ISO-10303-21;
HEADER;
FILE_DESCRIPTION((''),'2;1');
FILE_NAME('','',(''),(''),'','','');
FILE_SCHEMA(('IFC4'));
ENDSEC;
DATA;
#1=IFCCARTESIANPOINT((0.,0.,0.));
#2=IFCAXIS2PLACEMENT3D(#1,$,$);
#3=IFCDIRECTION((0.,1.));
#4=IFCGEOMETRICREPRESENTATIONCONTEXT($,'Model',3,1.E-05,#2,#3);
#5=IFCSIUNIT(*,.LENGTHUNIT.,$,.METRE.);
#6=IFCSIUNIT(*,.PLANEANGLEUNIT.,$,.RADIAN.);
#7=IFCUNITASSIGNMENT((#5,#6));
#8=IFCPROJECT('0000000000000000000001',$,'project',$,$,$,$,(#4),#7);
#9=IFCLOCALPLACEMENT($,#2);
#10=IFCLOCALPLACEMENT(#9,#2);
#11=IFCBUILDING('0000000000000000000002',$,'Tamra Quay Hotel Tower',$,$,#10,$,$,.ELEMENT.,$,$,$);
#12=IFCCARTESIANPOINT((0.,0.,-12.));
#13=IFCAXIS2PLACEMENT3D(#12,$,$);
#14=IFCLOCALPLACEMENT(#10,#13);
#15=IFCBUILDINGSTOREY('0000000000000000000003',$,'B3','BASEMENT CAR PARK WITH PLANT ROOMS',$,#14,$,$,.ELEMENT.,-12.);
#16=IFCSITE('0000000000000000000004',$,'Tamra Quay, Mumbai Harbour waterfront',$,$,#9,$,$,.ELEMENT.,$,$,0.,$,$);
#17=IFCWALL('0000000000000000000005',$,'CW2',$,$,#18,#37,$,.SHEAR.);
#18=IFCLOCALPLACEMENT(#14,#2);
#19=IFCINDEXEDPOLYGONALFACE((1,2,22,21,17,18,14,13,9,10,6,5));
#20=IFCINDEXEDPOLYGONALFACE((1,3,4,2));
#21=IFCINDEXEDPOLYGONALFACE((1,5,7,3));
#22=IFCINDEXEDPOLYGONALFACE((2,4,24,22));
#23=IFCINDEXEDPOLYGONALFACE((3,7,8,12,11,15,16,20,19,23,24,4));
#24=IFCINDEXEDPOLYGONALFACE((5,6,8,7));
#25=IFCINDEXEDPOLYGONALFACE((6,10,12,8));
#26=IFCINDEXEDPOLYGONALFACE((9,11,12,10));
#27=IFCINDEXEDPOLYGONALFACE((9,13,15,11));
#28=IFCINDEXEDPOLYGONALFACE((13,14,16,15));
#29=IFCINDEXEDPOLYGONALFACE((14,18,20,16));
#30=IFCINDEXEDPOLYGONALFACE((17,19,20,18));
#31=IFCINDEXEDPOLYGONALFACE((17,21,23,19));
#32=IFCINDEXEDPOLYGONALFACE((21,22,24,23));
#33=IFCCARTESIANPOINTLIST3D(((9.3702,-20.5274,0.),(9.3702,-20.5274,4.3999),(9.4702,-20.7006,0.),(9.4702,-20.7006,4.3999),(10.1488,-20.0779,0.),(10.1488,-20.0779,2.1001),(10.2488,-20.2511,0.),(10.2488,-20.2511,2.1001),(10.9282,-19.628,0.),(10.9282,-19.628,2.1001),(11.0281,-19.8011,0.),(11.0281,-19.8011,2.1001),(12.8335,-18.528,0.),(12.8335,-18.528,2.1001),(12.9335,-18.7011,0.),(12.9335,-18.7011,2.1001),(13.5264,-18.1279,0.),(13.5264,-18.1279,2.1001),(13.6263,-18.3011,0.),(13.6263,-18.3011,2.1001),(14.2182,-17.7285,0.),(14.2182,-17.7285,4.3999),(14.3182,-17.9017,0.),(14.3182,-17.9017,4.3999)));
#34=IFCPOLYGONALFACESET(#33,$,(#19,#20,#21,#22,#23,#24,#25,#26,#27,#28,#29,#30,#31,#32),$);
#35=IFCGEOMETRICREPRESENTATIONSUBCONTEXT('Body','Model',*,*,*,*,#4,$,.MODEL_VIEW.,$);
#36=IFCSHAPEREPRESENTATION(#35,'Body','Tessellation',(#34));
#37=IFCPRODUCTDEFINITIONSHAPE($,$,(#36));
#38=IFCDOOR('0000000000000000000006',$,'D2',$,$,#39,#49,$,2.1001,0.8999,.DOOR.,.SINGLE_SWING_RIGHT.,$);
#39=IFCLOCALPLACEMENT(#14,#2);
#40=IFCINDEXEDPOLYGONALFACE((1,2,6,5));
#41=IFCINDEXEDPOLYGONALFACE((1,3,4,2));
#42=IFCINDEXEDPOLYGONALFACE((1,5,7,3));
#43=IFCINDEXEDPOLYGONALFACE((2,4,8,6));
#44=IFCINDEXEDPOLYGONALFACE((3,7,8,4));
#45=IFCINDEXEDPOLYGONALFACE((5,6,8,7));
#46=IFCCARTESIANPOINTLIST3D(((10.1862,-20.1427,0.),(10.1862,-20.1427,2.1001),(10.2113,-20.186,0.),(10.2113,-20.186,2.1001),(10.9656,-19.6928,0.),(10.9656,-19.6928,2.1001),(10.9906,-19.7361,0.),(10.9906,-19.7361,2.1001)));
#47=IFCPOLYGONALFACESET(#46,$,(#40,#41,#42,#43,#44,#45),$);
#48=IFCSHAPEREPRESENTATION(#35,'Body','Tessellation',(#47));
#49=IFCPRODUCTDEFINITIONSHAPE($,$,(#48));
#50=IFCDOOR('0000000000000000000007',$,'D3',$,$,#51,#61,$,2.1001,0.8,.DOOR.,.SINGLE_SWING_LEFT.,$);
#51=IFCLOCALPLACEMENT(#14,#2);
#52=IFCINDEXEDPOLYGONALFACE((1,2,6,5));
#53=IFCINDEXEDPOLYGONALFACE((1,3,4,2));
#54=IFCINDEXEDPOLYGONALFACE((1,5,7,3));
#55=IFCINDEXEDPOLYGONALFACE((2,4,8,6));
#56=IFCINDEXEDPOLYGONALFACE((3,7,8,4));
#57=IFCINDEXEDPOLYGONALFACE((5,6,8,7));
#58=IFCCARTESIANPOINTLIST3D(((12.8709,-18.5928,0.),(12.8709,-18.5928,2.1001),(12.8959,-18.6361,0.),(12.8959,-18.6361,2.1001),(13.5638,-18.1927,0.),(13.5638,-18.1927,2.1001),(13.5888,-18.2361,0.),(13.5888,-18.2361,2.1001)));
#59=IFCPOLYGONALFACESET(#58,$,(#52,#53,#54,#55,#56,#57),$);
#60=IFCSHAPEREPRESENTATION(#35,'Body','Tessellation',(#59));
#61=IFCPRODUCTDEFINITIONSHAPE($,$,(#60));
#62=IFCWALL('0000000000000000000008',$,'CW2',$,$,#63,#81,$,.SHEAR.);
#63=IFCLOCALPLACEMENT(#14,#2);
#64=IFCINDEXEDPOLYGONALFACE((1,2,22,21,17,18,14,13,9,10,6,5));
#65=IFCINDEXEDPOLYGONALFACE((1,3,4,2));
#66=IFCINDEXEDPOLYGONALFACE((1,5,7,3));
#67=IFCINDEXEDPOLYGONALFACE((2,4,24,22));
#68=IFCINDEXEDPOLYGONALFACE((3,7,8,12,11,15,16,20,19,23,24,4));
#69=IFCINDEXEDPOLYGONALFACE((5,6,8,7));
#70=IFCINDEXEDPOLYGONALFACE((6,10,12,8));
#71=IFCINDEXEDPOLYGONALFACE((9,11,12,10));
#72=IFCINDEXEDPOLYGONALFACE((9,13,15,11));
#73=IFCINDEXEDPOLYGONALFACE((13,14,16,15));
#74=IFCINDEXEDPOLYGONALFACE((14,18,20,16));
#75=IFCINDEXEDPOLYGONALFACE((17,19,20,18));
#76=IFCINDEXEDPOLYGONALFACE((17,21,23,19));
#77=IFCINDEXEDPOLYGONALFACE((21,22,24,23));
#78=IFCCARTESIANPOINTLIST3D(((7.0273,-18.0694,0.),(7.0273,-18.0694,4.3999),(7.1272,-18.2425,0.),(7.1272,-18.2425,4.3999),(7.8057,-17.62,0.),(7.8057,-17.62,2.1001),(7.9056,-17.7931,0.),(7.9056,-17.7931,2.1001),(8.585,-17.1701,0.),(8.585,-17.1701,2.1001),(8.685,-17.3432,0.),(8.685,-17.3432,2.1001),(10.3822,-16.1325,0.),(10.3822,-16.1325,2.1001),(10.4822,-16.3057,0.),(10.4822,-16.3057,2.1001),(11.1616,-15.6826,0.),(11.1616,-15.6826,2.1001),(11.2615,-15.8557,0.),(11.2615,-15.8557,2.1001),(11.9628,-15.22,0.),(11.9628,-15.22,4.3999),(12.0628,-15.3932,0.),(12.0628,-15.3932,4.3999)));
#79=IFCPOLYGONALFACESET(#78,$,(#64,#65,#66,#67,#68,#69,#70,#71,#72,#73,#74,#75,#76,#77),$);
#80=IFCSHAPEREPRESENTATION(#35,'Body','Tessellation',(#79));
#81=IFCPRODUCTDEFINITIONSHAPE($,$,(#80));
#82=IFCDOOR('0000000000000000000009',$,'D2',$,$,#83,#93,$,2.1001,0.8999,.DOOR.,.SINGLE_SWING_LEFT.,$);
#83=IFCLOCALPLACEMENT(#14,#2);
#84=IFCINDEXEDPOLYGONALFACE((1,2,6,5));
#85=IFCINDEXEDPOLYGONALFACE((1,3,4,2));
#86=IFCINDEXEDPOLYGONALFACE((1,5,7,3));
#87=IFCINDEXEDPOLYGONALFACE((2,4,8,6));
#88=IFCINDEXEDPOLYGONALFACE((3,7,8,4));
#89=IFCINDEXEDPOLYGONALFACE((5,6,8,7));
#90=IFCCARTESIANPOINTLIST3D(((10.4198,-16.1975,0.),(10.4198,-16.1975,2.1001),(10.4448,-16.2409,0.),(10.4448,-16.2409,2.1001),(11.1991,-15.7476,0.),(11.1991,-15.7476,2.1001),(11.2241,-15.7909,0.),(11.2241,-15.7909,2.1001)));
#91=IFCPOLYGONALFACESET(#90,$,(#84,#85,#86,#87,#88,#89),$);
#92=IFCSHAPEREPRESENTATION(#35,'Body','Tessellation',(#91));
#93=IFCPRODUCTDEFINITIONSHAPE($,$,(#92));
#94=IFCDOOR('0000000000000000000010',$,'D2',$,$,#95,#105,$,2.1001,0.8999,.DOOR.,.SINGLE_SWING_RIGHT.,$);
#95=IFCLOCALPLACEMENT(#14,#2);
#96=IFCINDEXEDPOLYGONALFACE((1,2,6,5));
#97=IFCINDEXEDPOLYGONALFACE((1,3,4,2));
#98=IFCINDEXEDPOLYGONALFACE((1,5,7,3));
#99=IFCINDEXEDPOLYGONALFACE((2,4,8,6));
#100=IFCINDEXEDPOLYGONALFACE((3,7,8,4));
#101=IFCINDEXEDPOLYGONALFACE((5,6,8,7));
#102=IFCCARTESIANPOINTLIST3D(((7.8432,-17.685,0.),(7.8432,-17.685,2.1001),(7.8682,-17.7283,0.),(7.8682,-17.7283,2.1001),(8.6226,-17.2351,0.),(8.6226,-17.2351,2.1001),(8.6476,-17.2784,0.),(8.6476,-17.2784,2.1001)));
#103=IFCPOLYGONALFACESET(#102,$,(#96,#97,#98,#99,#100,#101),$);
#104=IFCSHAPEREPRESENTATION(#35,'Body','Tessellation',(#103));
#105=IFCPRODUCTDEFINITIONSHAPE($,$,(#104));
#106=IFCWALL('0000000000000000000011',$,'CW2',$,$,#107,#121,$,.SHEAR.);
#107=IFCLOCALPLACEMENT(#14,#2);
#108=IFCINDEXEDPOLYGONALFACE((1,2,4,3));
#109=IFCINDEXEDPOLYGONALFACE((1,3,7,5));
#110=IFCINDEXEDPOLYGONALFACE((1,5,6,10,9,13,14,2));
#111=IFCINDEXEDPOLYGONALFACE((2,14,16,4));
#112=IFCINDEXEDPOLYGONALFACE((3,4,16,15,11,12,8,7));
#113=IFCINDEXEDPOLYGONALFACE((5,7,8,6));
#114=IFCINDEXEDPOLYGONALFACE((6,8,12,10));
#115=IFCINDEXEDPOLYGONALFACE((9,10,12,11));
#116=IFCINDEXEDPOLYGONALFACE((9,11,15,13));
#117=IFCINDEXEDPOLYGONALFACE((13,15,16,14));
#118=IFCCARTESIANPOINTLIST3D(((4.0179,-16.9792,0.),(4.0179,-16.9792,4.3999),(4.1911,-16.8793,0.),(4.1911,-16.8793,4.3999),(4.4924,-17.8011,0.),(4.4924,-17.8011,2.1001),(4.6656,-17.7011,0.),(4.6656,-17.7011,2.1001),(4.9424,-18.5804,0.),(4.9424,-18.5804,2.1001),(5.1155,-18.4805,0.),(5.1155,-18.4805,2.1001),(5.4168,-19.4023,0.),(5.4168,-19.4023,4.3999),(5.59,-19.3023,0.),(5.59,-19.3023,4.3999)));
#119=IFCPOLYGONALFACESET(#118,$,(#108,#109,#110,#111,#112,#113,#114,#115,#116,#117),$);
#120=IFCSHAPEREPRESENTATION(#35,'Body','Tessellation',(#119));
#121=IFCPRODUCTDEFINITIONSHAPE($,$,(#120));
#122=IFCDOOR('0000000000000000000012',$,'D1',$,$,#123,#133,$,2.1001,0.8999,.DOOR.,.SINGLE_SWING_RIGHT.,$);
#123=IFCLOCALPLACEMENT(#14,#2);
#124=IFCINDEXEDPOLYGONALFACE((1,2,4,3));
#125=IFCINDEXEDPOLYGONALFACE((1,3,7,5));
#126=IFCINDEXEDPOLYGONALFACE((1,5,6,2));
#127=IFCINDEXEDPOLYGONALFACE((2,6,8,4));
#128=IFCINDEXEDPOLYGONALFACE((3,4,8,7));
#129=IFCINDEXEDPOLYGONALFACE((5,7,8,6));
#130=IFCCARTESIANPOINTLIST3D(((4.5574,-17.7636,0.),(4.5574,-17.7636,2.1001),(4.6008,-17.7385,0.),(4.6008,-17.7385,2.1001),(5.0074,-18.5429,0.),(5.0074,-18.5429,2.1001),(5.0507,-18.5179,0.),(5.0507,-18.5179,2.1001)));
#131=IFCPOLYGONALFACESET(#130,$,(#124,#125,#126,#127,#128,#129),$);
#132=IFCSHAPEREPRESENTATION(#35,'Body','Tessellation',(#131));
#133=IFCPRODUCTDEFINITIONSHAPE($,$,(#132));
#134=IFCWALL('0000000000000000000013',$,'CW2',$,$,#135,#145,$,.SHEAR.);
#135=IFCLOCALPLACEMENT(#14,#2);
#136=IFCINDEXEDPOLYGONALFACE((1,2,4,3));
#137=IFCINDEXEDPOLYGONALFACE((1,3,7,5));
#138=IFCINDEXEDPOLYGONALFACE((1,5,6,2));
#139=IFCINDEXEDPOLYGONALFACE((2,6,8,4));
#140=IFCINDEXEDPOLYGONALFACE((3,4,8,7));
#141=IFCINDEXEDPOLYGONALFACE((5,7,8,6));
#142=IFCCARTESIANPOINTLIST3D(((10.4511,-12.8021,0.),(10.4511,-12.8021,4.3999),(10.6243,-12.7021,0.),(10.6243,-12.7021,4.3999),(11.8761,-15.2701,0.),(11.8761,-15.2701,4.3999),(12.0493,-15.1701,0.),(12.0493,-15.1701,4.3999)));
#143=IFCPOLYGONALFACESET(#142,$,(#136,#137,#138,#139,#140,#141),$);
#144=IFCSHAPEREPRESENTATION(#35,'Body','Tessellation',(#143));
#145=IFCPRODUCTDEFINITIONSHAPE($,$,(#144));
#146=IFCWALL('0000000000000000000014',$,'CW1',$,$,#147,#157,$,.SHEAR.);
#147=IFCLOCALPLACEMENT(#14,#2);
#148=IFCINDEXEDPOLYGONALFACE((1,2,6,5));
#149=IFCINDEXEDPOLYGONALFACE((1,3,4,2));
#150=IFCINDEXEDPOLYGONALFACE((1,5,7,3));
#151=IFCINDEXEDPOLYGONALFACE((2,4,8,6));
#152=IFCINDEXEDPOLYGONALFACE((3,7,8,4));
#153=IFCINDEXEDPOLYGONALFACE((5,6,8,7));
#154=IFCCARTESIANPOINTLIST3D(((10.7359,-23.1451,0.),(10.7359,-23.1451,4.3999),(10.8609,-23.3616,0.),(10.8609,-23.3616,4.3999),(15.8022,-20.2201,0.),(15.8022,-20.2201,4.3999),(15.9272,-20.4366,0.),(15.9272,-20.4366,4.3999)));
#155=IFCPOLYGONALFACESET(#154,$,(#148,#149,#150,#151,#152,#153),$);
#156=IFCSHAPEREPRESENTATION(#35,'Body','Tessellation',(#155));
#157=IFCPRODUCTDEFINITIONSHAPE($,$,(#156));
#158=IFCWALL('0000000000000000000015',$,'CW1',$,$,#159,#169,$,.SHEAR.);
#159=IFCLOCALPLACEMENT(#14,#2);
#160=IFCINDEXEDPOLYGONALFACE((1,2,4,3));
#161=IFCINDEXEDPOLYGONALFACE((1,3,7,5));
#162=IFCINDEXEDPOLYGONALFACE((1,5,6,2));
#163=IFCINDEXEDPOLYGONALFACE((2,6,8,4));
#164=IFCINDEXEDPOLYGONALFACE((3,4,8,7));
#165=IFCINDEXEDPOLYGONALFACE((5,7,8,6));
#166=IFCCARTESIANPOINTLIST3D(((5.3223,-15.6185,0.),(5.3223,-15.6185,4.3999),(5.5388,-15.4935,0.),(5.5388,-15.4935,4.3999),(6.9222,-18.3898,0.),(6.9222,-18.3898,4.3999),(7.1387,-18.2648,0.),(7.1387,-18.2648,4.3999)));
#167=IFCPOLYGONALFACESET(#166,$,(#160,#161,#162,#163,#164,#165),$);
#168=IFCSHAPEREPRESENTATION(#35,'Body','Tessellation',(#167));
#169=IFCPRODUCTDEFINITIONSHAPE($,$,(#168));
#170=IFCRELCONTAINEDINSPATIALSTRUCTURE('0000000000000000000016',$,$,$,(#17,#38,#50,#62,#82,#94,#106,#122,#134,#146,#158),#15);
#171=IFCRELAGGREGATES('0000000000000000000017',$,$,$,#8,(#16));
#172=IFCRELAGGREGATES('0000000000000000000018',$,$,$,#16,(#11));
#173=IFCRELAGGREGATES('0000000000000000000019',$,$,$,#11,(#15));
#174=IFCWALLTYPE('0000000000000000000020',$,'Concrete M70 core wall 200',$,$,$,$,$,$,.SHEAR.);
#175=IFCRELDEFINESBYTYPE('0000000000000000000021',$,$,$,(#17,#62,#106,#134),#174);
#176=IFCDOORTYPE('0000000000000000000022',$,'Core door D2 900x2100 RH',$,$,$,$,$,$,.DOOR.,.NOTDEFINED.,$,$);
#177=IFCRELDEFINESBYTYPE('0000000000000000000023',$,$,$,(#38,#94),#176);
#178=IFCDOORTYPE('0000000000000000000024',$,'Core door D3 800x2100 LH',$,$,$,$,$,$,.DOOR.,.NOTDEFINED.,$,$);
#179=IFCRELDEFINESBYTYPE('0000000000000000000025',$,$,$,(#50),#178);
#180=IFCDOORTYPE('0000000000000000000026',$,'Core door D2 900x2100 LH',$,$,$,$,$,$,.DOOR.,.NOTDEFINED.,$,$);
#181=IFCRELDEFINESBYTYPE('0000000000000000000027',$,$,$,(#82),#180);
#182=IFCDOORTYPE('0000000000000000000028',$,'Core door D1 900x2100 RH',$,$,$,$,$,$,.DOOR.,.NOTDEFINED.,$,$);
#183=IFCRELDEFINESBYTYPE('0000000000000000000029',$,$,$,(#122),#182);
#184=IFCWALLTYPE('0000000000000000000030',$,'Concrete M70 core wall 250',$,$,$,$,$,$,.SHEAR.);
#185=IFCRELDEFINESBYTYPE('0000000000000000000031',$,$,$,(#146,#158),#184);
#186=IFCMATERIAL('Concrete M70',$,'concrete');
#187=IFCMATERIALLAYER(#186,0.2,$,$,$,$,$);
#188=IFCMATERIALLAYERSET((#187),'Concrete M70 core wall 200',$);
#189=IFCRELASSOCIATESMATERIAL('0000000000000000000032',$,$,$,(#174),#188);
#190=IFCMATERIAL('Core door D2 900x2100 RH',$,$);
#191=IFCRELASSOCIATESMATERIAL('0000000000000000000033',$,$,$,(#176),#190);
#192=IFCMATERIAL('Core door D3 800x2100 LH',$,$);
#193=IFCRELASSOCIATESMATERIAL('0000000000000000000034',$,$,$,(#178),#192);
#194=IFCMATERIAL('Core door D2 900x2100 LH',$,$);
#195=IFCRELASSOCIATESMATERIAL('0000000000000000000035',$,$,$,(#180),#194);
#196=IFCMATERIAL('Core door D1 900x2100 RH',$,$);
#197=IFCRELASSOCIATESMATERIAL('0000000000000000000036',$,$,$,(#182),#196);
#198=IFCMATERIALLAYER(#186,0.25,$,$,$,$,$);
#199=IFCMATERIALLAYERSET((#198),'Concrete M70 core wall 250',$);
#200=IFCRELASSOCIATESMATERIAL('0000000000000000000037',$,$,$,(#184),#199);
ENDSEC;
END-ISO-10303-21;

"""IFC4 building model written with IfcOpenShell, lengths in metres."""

from ifc_helpers import new_model, si_unit, direction, frame, frame_2d, origin, place, context, subcontext, project, spatial, rectangle, extrude, material, layer, layer_set, type_object, element, fill, save


model = new_model("IFC4")

# Units and contexts
model_context = context("Model", 3, precision=1e-05, world=origin(), true_north=direction((0.0, 1.0)))
body_context = subcontext(model_context, "Body", "Model", "MODEL_VIEW")
ifc_project = project(units=[si_unit("LENGTHUNIT", "METRE"), si_unit("PLANEANGLEUNIT", "RADIAN")], contexts=[model_context])

# Site, building, storey
site_placement = place(None, origin())
site = spatial("IfcSite", under=ifc_project, at=site_placement, Name="Tamra Quay, Mumbai Harbour waterfront", CompositionType="ELEMENT", RefElevation=0.0)
building_placement = place(site_placement, origin())
building = spatial("IfcBuilding", under=site, at=building_placement, Name="Tamra Quay Hotel Tower", CompositionType="ELEMENT")
storey_placement = place(building_placement, frame((0.0, 0.0, -12.0)))
storey = spatial("IfcBuildingStorey", under=building, at=storey_placement, Name="B3", Description="BASEMENT CAR PARK WITH PLANT ROOMS", CompositionType="ELEMENT", Elevation=-12.0)

# Shared definitions
ifc_material_1 = material(Name="Concrete M70", Category="concrete")

# Walls, openings, doors
ifc_layer_1 = layer(ifc_material_1, 0.2)
ifc_layer_set_1 = layer_set([ifc_layer_1], Name="Concrete M70 core wall 200")
wall_type_1 = type_object("IfcWallType", Name="Concrete M70 core wall 200", PredefinedType="SHEAR", material=ifc_layer_set_1)
wall_1_placement = place(storey_placement, frame((14.2681, -17.8152, 0.0), z_axis=(0.0, 0.0, 1.0), x_axis=(-0.866034, -0.499985, 0.0)))
wall_1 = element("IfcWall", 1, at=wall_1_placement, inside=storey, type_object=wall_type_1, Name="CW2", PredefinedType="SHEAR", context=body_context, shape_type="SweptSolid", body=[
    extrude(rectangle(XDim=5.5979, YDim=0.2, at=frame_2d((2.7988, 0.0))), origin(), (0.0, 0.0, 1.0), 4.3999),
])
opening_1_placement = place(wall_1_placement, frame((3.7988, 0.0, 0.0)))
opening_1 = element("IfcOpeningElement", 2, at=opening_1_placement, cuts=wall_1, PredefinedType="OPENING", context=body_context, shape_type="SweptSolid", body=[
    extrude(rectangle(XDim=0.8999, YDim=2.1001, at=frame_2d((0.45, 1.05))), frame((0.0, 0.1099, 0.0), z_axis=(0.0, -1.0, 0.0), x_axis=(1.0, 0.0, 0.0)), (0.0, 0.0, 1.0), 0.22),
])
opening_2_placement = place(wall_1_placement, frame((0.7988, 0.0, 0.0)))
opening_2 = element("IfcOpeningElement", 3, at=opening_2_placement, cuts=wall_1, PredefinedType="OPENING", context=body_context, shape_type="SweptSolid", body=[
    extrude(rectangle(XDim=0.8, YDim=2.1001, at=frame_2d((0.3999, 1.05))), frame((0.0, 0.1099, 0.0), z_axis=(0.0, -1.0, 0.0), x_axis=(1.0, 0.0, 0.0)), (0.0, 0.0, 1.0), 0.22),
])
ifc_material_2 = material(Name="Core door D2 900x2100 RH")
door_type_1 = type_object("IfcDoorType", Name="Core door D2 900x2100 RH", OperationType="NOTDEFINED", PredefinedType="DOOR", material=ifc_material_2)
door_1_placement = place(opening_1_placement, origin())
door_1 = element("IfcDoor", 4, at=door_1_placement, inside=storey, type_object=door_type_1, Name="D2", OperationType="SINGLE_SWING_RIGHT", OverallHeight=2.1001, OverallWidth=0.8999, PredefinedType="DOOR", context=body_context, shape_type="SweptSolid", body=[
    extrude(rectangle(XDim=0.8999, YDim=2.1001, at=frame_2d((0.45, 1.05))), frame((0.0, 0.0249, 0.0), z_axis=(0.0, -1.0, 0.0), x_axis=(1.0, 0.0, 0.0)), (0.0, 0.0, 1.0), 0.05),
])
fill(opening_1, door_1)
ifc_material_3 = material(Name="Core door D3 800x2100 LH")
door_type_2 = type_object("IfcDoorType", Name="Core door D3 800x2100 LH", OperationType="NOTDEFINED", PredefinedType="DOOR", material=ifc_material_3)
door_2_placement = place(opening_2_placement, origin())
door_2 = element("IfcDoor", 5, at=door_2_placement, inside=storey, type_object=door_type_2, Name="D3", OperationType="SINGLE_SWING_LEFT", OverallHeight=2.1001, OverallWidth=0.8, PredefinedType="DOOR", context=body_context, shape_type="SweptSolid", body=[
    extrude(rectangle(XDim=0.8, YDim=2.1001, at=frame_2d((0.3999, 1.05))), frame((0.0, 0.0249, 0.0), z_axis=(0.0, -1.0, 0.0), x_axis=(1.0, 0.0, 0.0)), (0.0, 0.0, 1.0), 0.05),
])
fill(opening_2, door_2)
wall_2_placement = place(storey_placement, frame((7.0771, -18.156, 0.0), z_axis=(0.0, 0.0, 1.0), x_axis=(0.866039, 0.499977, 0.0)))
wall_2 = element("IfcWall", 6, at=wall_2_placement, inside=storey, type_object=wall_type_1, Name="CW2", PredefinedType="SHEAR", context=body_context, shape_type="SweptSolid", body=[
    extrude(rectangle(XDim=5.699, YDim=0.2, at=frame_2d((2.8496, 0.0))), origin(), (0.0, 0.0, 1.0), 4.3999),
])
opening_3_placement = place(wall_2_placement, frame((0.8989, 0.0, 0.0)))
opening_3 = element("IfcOpeningElement", 7, at=opening_3_placement, cuts=wall_2, PredefinedType="OPENING", context=body_context, shape_type="SweptSolid", body=[
    extrude(rectangle(XDim=0.8999, YDim=2.1001, at=frame_2d((0.45, 1.05))), frame((0.0, 0.1099, 0.0), z_axis=(0.0, -1.0, 0.0), x_axis=(1.0, 0.0, 0.0)), (0.0, 0.0, 1.0), 0.22),
])
opening_4_placement = place(wall_2_placement, frame((3.874, 0.0, 0.0)))
opening_4 = element("IfcOpeningElement", 8, at=opening_4_placement, cuts=wall_2, PredefinedType="OPENING", context=body_context, shape_type="SweptSolid", body=[
    extrude(rectangle(XDim=0.8999, YDim=2.1001, at=frame_2d((0.45, 1.05))), frame((0.0, 0.1099, 0.0), z_axis=(0.0, -1.0, 0.0), x_axis=(1.0, 0.0, 0.0)), (0.0, 0.0, 1.0), 0.22),
])
ifc_material_4 = material(Name="Core door D2 900x2100 LH")
door_type_3 = type_object("IfcDoorType", Name="Core door D2 900x2100 LH", OperationType="NOTDEFINED", PredefinedType="DOOR", material=ifc_material_4)
door_3_placement = place(opening_4_placement, origin())
door_3 = element("IfcDoor", 9, at=door_3_placement, inside=storey, type_object=door_type_3, Name="D2", OperationType="SINGLE_SWING_LEFT", OverallHeight=2.1001, OverallWidth=0.8999, PredefinedType="DOOR", context=body_context, shape_type="SweptSolid", body=[
    extrude(rectangle(XDim=0.8999, YDim=2.1001, at=frame_2d((0.45, 1.05))), frame((0.0, 0.0249, 0.0), z_axis=(0.0, -1.0, 0.0), x_axis=(1.0, 0.0, 0.0)), (0.0, 0.0, 1.0), 0.05),
])
fill(opening_4, door_3)
door_4_placement = place(opening_3_placement, origin())
door_4 = element("IfcDoor", 10, at=door_4_placement, inside=storey, type_object=door_type_1, Name="D2", OperationType="SINGLE_SWING_RIGHT", OverallHeight=2.1001, OverallWidth=0.8999, PredefinedType="DOOR", context=body_context, shape_type="SweptSolid", body=[
    extrude(rectangle(XDim=0.8999, YDim=2.1001, at=frame_2d((0.45, 1.05))), frame((0.0, 0.0249, 0.0), z_axis=(0.0, -1.0, 0.0), x_axis=(1.0, 0.0, 0.0)), (0.0, 0.0, 1.0), 0.05),
])
fill(opening_3, door_4)

# Wall, opening, door
wall_3_placement = place(storey_placement, frame((5.5034, -19.3523, 0.0), z_axis=(0.0, 0.0, 1.0), x_axis=(-0.499987, 0.866033, 0.0)))
wall_3 = element("IfcWall", 11, at=wall_3_placement, inside=storey, type_object=wall_type_1, Name="CW2", PredefinedType="SHEAR", context=body_context, shape_type="SweptSolid", body=[
    extrude(rectangle(XDim=2.7979, YDim=0.2, at=frame_2d((1.3989, 0.0))), origin(), (0.0, 0.0, 1.0), 4.3999),
])
opening_5_placement = place(wall_3_placement, frame((0.949, 0.0, 0.0)))
opening_5 = element("IfcOpeningElement", 12, at=opening_5_placement, cuts=wall_3, PredefinedType="OPENING", context=body_context, shape_type="SweptSolid", body=[
    extrude(rectangle(XDim=0.8999, YDim=2.1001, at=frame_2d((0.45, 1.05))), frame((0.0, 0.1099, 0.0), z_axis=(0.0, -1.0, 0.0), x_axis=(1.0, 0.0, 0.0)), (0.0, 0.0, 1.0), 0.22),
])
ifc_material_5 = material(Name="Core door D1 900x2100 RH")
door_type_4 = type_object("IfcDoorType", Name="Core door D1 900x2100 RH", OperationType="NOTDEFINED", PredefinedType="DOOR", material=ifc_material_5)
door_5_placement = place(opening_5_placement, origin())
door_5 = element("IfcDoor", 13, at=door_5_placement, inside=storey, type_object=door_type_4, Name="D1", OperationType="SINGLE_SWING_RIGHT", OverallHeight=2.1001, OverallWidth=0.8999, PredefinedType="DOOR", context=body_context, shape_type="SweptSolid", body=[
    extrude(rectangle(XDim=0.8999, YDim=2.1001, at=frame_2d((0.45, 1.05))), frame((0.0, 0.0249, 0.0), z_axis=(0.0, -1.0, 0.0), x_axis=(1.0, 0.0, 0.0)), (0.0, 0.0, 1.0), 0.05),
])
fill(opening_5, door_5)

# Walls
wall_4_placement = place(storey_placement, frame((11.9626, -15.22, 0.0), z_axis=(0.0, 0.0, 1.0), x_axis=(-0.500036, 0.866004, 0.0)))
element("IfcWall", 14, at=wall_4_placement, inside=storey, type_object=wall_type_1, Name="CW2", PredefinedType="SHEAR", context=body_context, shape_type="SweptSolid", body=[
    extrude(rectangle(XDim=2.8499, YDim=0.2, at=frame_2d((1.4248, 0.0))), origin(), (0.0, 0.0, 1.0), 4.3999),
])
ifc_layer_2 = layer(ifc_material_1, 0.25)
ifc_layer_set_2 = layer_set([ifc_layer_2], Name="Concrete M70 core wall 250")
wall_type_2 = type_object("IfcWallType", Name="Concrete M70 core wall 250", PredefinedType="SHEAR", material=ifc_layer_set_2)
wall_5_placement = place(storey_placement, frame((15.8647, -20.3284, 0.0), z_axis=(0.0, 0.0, 1.0), x_axis=(-0.866029, -0.499995, 0.0)))
element("IfcWall", 15, at=wall_5_placement, inside=storey, type_object=wall_type_2, Name="CW1", PredefinedType="SHEAR", context=body_context, shape_type="SweptSolid", body=[
    extrude(rectangle(XDim=5.8501, YDim=0.25, at=frame_2d((2.925, 0.0))), origin(), (0.0, 0.0, 1.0), 4.3999),
])
wall_6_placement = place(storey_placement, frame((7.0305, -18.3274, 0.0), z_axis=(0.0, 0.0, 1.0), x_axis=(-0.499971, 0.866042, 0.0)))
element("IfcWall", 16, at=wall_6_placement, inside=storey, type_object=wall_type_2, Name="CW1", PredefinedType="SHEAR", context=body_context, shape_type="SweptSolid", body=[
    extrude(rectangle(XDim=3.2, YDim=0.25, at=frame_2d((1.6001, 0.0))), origin(), (0.0, 0.0, 1.0), 4.3999),
])

save(model, "model.ifc")
